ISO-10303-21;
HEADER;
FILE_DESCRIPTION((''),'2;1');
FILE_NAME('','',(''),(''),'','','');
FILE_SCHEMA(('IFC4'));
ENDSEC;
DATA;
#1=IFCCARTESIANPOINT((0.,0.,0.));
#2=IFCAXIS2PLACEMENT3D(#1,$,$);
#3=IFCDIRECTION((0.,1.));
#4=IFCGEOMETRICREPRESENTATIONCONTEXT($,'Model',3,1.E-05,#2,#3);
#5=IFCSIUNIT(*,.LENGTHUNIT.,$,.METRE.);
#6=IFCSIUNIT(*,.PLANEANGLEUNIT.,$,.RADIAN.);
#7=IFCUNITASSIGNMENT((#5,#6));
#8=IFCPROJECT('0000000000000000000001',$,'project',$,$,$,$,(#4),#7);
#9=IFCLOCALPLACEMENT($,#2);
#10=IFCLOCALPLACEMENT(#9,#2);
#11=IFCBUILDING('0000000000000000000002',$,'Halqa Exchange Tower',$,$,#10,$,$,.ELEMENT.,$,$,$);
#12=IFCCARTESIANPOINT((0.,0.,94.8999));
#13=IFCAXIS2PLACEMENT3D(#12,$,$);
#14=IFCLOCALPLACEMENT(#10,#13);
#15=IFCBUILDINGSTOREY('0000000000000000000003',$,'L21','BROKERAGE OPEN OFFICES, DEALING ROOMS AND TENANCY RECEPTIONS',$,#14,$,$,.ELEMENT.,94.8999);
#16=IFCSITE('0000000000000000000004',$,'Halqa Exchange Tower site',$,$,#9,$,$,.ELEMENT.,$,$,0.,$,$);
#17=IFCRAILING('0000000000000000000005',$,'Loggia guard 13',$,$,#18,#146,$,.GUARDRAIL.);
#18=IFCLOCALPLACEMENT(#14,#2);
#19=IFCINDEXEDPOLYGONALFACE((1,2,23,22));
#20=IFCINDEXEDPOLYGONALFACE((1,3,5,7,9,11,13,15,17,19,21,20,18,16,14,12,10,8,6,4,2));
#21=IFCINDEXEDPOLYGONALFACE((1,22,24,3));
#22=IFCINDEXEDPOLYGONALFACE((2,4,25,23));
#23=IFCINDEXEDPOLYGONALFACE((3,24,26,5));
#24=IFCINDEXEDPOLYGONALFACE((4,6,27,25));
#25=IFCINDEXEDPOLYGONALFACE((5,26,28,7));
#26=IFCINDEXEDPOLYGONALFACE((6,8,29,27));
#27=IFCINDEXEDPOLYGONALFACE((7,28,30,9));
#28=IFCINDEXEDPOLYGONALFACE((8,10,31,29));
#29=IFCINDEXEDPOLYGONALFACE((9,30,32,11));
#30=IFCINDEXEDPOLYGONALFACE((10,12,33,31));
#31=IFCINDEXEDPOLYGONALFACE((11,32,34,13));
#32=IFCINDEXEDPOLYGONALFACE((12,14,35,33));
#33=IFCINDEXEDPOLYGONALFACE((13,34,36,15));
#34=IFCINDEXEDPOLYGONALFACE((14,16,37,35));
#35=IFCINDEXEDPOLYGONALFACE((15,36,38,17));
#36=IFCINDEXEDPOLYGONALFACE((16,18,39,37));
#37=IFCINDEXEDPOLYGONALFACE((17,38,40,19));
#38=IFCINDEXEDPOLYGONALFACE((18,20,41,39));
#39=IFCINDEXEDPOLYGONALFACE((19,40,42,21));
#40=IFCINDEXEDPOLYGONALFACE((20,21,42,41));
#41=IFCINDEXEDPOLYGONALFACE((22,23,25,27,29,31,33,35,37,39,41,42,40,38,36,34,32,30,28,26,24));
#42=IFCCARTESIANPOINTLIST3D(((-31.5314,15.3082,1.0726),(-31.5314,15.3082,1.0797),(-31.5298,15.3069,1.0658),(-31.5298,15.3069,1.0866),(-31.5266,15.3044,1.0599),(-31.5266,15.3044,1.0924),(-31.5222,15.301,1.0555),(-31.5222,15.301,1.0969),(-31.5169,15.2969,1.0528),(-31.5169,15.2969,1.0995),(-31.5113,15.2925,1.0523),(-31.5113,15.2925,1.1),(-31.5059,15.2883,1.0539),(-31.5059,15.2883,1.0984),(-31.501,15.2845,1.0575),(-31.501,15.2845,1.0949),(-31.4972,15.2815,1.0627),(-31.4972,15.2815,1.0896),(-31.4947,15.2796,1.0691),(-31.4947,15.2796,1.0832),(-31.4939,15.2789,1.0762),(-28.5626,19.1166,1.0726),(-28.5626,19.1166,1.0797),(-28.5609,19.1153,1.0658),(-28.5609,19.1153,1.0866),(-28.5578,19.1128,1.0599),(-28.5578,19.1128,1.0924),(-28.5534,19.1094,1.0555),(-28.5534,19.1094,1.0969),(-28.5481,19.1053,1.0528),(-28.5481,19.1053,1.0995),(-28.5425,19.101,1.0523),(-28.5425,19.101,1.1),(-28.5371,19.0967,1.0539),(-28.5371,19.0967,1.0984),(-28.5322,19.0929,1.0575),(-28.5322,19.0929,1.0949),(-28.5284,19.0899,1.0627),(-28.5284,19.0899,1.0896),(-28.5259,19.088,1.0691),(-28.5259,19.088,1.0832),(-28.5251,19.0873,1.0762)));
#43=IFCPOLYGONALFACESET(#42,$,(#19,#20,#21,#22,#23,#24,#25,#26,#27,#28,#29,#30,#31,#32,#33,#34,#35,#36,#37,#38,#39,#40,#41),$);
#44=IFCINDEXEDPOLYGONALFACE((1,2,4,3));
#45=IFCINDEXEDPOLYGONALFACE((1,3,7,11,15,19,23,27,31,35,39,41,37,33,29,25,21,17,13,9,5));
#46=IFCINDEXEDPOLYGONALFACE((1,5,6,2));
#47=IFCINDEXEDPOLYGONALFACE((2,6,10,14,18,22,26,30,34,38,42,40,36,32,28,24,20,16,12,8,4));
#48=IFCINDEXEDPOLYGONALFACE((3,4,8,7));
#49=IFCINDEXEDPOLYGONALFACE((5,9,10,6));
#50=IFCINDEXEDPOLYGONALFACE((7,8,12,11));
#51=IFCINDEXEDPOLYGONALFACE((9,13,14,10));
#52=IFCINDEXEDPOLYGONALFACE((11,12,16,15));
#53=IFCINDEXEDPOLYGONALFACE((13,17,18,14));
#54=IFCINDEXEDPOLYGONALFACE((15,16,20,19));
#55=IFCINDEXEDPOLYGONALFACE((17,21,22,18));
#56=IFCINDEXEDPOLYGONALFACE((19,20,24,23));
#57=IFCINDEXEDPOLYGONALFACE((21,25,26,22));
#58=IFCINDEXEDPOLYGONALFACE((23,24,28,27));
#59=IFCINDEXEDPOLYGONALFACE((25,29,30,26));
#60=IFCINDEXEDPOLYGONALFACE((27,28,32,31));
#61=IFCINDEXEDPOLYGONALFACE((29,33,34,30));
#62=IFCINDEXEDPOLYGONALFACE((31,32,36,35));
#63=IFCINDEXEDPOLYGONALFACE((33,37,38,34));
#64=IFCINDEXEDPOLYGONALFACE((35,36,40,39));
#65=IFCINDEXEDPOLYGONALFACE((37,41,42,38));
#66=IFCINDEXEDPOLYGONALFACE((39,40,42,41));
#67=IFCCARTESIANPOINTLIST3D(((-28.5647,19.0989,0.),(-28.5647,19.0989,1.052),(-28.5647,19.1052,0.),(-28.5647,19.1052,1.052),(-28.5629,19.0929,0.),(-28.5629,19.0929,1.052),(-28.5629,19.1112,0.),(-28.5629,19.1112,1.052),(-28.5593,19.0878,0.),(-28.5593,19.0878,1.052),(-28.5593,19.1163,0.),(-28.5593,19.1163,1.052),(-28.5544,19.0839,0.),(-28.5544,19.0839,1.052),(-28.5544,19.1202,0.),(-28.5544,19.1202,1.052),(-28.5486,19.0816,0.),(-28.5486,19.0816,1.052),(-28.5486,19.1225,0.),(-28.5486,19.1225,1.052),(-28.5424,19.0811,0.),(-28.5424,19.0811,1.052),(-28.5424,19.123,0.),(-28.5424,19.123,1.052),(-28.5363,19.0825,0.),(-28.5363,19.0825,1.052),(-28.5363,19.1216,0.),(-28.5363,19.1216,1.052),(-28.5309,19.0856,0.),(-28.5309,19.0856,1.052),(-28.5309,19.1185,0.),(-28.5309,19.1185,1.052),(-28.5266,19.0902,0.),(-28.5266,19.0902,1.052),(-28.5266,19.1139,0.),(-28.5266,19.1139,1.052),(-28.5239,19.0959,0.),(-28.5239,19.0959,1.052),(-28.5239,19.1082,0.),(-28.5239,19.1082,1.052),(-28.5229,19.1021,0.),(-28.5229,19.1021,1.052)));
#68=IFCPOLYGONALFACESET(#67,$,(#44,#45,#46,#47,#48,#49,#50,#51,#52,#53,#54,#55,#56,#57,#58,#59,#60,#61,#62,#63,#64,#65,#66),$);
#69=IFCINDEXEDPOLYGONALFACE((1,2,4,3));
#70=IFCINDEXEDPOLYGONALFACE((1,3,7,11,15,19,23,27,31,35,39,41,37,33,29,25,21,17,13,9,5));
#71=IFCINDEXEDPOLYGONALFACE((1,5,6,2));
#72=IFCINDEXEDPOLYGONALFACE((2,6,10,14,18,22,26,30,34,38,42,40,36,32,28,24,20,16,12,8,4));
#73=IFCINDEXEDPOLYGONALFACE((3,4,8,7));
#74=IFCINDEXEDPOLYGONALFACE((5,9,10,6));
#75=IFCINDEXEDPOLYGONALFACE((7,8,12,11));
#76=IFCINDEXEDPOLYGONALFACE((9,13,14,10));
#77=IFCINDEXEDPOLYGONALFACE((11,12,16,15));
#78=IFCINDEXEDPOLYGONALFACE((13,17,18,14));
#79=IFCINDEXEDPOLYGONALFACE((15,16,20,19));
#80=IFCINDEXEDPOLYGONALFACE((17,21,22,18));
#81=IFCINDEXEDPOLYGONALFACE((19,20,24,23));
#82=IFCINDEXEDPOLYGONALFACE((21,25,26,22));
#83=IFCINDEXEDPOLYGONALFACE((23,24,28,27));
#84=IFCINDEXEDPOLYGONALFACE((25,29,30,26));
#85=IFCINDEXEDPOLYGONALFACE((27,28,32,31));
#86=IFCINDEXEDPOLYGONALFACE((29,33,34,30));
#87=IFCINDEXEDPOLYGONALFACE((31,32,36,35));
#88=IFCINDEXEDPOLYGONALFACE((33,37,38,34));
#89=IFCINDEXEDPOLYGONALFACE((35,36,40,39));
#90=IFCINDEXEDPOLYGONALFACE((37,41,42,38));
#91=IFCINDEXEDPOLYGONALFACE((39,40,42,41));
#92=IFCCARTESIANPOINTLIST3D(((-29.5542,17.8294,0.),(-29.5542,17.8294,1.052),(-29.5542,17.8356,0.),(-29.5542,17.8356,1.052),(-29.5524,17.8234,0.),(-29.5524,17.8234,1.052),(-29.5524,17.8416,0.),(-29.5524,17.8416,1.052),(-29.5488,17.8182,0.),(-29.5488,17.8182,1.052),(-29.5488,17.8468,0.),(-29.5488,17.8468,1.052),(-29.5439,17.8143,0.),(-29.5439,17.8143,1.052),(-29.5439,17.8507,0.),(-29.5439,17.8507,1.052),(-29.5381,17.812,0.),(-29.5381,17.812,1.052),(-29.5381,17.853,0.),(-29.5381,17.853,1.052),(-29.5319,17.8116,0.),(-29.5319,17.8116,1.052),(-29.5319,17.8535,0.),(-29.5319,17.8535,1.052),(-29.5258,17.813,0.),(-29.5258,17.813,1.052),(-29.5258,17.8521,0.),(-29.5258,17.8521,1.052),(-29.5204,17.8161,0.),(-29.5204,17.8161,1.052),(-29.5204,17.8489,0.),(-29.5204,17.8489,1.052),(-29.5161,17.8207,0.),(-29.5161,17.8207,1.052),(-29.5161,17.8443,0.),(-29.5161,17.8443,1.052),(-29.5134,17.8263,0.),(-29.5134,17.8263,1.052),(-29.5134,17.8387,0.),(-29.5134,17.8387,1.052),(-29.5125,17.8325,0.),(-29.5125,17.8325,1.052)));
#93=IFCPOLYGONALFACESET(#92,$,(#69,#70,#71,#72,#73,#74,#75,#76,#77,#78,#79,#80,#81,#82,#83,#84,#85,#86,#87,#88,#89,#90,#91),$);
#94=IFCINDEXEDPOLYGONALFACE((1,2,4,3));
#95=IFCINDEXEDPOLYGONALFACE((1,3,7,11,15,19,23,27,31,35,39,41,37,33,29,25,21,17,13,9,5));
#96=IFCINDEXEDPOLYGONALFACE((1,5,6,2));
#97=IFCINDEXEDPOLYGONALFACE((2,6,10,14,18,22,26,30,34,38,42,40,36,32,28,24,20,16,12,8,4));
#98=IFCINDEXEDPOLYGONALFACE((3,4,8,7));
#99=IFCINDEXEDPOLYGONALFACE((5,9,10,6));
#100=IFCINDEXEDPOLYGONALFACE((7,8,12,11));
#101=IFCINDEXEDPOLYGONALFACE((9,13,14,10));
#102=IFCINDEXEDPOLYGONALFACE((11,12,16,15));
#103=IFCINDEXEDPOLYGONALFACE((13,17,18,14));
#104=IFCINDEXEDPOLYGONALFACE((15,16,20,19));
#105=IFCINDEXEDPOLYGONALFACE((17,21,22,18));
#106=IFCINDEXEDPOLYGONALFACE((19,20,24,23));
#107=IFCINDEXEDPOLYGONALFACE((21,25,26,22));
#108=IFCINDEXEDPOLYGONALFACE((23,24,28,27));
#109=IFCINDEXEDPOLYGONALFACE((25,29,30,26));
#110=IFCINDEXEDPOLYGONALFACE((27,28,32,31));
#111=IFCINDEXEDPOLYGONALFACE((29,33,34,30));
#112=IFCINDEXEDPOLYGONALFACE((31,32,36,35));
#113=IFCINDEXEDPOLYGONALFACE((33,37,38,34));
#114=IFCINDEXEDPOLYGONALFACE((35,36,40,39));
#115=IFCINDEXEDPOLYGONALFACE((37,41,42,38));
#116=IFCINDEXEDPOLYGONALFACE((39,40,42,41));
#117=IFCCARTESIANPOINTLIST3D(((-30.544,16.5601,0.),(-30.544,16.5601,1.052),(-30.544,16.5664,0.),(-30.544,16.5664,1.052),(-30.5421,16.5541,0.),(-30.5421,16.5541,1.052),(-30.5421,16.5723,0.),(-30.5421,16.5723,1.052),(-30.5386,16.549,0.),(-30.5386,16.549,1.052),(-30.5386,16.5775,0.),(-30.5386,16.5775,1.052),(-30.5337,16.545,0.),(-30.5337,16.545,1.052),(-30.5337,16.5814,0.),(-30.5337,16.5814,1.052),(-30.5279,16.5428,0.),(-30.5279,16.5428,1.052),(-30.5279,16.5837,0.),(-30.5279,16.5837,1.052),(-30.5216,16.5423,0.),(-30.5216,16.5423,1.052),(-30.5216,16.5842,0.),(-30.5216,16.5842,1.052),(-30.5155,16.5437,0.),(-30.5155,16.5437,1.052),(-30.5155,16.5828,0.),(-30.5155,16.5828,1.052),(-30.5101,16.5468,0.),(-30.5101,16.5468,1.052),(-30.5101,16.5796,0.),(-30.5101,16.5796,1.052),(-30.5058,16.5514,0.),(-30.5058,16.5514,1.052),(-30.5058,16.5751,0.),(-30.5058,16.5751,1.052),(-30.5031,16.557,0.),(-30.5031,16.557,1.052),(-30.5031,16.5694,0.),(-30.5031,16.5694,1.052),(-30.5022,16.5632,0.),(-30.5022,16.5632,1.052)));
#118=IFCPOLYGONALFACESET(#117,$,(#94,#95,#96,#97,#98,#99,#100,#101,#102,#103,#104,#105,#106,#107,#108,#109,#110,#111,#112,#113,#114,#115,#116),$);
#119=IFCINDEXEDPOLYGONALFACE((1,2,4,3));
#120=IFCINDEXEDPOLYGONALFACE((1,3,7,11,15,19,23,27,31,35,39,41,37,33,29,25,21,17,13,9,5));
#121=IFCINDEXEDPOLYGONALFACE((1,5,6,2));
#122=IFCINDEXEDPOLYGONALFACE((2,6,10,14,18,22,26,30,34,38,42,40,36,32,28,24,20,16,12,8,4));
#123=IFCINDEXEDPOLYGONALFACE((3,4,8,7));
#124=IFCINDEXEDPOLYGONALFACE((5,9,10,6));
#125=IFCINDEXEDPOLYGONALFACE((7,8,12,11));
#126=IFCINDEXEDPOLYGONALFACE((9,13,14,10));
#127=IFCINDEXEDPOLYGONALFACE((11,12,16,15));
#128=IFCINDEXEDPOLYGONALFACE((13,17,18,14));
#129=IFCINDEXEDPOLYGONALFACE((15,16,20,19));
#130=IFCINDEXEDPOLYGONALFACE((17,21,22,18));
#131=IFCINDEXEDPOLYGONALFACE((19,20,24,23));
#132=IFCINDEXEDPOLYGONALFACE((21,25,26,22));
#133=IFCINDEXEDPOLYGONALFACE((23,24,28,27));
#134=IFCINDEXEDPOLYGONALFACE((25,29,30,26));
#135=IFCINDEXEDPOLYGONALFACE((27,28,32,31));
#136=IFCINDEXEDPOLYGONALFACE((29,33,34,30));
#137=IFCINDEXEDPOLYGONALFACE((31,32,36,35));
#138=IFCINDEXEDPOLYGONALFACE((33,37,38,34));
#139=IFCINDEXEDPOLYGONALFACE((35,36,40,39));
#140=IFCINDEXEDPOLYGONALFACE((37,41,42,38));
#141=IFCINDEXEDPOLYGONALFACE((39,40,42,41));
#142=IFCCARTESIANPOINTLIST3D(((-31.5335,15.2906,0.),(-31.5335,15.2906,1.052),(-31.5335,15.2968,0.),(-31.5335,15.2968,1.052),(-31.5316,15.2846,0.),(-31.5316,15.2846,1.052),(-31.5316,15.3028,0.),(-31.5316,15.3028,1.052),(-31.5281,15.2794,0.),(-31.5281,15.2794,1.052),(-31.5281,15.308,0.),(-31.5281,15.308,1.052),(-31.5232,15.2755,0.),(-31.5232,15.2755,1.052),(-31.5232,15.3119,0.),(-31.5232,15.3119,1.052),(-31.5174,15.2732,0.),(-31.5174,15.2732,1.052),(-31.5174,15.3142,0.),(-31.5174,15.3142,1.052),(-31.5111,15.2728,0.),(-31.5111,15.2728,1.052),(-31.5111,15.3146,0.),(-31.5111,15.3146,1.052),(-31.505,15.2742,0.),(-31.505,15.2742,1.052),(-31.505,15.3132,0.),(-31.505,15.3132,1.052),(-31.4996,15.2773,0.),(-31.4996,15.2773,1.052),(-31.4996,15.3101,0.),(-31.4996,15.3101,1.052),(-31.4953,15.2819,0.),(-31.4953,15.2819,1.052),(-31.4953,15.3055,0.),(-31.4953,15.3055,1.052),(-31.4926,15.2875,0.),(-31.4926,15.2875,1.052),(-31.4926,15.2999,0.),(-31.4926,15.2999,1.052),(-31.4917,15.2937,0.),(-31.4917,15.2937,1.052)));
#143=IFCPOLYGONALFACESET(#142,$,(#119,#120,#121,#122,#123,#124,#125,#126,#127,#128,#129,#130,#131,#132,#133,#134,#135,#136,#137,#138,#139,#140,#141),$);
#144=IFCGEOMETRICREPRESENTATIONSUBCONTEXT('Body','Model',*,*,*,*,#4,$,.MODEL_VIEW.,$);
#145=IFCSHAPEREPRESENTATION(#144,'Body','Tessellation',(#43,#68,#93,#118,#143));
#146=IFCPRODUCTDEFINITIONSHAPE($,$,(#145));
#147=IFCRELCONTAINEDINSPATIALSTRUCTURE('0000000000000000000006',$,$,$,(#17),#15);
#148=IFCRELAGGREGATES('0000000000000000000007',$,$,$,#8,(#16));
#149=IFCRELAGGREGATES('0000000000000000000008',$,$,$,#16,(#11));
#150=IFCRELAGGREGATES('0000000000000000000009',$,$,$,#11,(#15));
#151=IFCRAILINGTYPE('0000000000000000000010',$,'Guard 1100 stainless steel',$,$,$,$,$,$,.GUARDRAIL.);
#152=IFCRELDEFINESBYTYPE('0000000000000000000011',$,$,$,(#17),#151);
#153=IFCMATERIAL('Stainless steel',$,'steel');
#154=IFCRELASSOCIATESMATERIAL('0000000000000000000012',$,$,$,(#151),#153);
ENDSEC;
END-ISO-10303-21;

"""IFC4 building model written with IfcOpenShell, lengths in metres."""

from ifc_helpers import new_model, si_unit, direction, frame, origin, origin_2d, place, context, subcontext, project, spatial, circle, extrude, material, type_object, element, save


model = new_model("IFC4")

# Units and contexts
model_context = context("Model", 3, precision=1e-05, world=origin(), true_north=direction((0.0, 1.0)))
body_context = subcontext(model_context, "Body", "Model", "MODEL_VIEW")
ifc_project = project(units=[si_unit("LENGTHUNIT", "METRE"), si_unit("PLANEANGLEUNIT", "RADIAN")], contexts=[model_context])

# Site, building, storey
site_placement = place(None, origin())
site = spatial("IfcSite", under=ifc_project, at=site_placement, Name="Halqa Exchange Tower site", CompositionType="ELEMENT", RefElevation=0.0)
building_placement = place(site_placement, origin())
building = spatial("IfcBuilding", under=site, at=building_placement, Name="Halqa Exchange Tower", CompositionType="ELEMENT")
storey_placement = place(building_placement, frame((0.0, 0.0, 94.8999)))
storey = spatial("IfcBuildingStorey", under=building, at=storey_placement, Name="L21", Description="BROKERAGE OPEN OFFICES, DEALING ROOMS AND TENANCY RECEPTIONS", CompositionType="ELEMENT", Elevation=94.8999)

# Railing
ifc_material_1 = material(Name="Stainless steel", Category="steel")
railing_type = type_object("IfcRailingType", Name="Guard 1100 stainless steel", PredefinedType="GUARDRAIL", material=ifc_material_1)
railing_1_placement = place(storey_placement, frame((-28.5439, 19.1021, 0.0)))
element("IfcRailing", 1, at=railing_1_placement, inside=storey, type_object=railing_type, Name="Loggia guard 13", PredefinedType="GUARDRAIL", context=body_context, shape_type="SweptSolid", body=[
    extrude(circle(Radius=0.0239, at=origin_2d()), frame((0.0, 0.0, 1.0762), z_axis=(-0.614805, -0.788679, 0.0), x_axis=(0.788679, -0.614805, 0.0)), (0.0, 0.0, 1.0), 4.8289),
    extrude(circle(Radius=0.021, at=origin_2d()), origin(), (0.0, 0.0, 1.0), 1.052),
    extrude(circle(Radius=0.021, at=origin_2d()), frame((-0.9895, -1.2695, 0.0)), (0.0, 0.0, 1.0), 1.052),
    extrude(circle(Radius=0.021, at=origin_2d()), frame((-1.9792, -2.5388, 0.0)), (0.0, 0.0, 1.0), 1.052),
    extrude(circle(Radius=0.021, at=origin_2d()), frame((-2.9688, -3.8083, 0.0)), (0.0, 0.0, 1.0), 1.052),
])

save(model, "model.ifc")
